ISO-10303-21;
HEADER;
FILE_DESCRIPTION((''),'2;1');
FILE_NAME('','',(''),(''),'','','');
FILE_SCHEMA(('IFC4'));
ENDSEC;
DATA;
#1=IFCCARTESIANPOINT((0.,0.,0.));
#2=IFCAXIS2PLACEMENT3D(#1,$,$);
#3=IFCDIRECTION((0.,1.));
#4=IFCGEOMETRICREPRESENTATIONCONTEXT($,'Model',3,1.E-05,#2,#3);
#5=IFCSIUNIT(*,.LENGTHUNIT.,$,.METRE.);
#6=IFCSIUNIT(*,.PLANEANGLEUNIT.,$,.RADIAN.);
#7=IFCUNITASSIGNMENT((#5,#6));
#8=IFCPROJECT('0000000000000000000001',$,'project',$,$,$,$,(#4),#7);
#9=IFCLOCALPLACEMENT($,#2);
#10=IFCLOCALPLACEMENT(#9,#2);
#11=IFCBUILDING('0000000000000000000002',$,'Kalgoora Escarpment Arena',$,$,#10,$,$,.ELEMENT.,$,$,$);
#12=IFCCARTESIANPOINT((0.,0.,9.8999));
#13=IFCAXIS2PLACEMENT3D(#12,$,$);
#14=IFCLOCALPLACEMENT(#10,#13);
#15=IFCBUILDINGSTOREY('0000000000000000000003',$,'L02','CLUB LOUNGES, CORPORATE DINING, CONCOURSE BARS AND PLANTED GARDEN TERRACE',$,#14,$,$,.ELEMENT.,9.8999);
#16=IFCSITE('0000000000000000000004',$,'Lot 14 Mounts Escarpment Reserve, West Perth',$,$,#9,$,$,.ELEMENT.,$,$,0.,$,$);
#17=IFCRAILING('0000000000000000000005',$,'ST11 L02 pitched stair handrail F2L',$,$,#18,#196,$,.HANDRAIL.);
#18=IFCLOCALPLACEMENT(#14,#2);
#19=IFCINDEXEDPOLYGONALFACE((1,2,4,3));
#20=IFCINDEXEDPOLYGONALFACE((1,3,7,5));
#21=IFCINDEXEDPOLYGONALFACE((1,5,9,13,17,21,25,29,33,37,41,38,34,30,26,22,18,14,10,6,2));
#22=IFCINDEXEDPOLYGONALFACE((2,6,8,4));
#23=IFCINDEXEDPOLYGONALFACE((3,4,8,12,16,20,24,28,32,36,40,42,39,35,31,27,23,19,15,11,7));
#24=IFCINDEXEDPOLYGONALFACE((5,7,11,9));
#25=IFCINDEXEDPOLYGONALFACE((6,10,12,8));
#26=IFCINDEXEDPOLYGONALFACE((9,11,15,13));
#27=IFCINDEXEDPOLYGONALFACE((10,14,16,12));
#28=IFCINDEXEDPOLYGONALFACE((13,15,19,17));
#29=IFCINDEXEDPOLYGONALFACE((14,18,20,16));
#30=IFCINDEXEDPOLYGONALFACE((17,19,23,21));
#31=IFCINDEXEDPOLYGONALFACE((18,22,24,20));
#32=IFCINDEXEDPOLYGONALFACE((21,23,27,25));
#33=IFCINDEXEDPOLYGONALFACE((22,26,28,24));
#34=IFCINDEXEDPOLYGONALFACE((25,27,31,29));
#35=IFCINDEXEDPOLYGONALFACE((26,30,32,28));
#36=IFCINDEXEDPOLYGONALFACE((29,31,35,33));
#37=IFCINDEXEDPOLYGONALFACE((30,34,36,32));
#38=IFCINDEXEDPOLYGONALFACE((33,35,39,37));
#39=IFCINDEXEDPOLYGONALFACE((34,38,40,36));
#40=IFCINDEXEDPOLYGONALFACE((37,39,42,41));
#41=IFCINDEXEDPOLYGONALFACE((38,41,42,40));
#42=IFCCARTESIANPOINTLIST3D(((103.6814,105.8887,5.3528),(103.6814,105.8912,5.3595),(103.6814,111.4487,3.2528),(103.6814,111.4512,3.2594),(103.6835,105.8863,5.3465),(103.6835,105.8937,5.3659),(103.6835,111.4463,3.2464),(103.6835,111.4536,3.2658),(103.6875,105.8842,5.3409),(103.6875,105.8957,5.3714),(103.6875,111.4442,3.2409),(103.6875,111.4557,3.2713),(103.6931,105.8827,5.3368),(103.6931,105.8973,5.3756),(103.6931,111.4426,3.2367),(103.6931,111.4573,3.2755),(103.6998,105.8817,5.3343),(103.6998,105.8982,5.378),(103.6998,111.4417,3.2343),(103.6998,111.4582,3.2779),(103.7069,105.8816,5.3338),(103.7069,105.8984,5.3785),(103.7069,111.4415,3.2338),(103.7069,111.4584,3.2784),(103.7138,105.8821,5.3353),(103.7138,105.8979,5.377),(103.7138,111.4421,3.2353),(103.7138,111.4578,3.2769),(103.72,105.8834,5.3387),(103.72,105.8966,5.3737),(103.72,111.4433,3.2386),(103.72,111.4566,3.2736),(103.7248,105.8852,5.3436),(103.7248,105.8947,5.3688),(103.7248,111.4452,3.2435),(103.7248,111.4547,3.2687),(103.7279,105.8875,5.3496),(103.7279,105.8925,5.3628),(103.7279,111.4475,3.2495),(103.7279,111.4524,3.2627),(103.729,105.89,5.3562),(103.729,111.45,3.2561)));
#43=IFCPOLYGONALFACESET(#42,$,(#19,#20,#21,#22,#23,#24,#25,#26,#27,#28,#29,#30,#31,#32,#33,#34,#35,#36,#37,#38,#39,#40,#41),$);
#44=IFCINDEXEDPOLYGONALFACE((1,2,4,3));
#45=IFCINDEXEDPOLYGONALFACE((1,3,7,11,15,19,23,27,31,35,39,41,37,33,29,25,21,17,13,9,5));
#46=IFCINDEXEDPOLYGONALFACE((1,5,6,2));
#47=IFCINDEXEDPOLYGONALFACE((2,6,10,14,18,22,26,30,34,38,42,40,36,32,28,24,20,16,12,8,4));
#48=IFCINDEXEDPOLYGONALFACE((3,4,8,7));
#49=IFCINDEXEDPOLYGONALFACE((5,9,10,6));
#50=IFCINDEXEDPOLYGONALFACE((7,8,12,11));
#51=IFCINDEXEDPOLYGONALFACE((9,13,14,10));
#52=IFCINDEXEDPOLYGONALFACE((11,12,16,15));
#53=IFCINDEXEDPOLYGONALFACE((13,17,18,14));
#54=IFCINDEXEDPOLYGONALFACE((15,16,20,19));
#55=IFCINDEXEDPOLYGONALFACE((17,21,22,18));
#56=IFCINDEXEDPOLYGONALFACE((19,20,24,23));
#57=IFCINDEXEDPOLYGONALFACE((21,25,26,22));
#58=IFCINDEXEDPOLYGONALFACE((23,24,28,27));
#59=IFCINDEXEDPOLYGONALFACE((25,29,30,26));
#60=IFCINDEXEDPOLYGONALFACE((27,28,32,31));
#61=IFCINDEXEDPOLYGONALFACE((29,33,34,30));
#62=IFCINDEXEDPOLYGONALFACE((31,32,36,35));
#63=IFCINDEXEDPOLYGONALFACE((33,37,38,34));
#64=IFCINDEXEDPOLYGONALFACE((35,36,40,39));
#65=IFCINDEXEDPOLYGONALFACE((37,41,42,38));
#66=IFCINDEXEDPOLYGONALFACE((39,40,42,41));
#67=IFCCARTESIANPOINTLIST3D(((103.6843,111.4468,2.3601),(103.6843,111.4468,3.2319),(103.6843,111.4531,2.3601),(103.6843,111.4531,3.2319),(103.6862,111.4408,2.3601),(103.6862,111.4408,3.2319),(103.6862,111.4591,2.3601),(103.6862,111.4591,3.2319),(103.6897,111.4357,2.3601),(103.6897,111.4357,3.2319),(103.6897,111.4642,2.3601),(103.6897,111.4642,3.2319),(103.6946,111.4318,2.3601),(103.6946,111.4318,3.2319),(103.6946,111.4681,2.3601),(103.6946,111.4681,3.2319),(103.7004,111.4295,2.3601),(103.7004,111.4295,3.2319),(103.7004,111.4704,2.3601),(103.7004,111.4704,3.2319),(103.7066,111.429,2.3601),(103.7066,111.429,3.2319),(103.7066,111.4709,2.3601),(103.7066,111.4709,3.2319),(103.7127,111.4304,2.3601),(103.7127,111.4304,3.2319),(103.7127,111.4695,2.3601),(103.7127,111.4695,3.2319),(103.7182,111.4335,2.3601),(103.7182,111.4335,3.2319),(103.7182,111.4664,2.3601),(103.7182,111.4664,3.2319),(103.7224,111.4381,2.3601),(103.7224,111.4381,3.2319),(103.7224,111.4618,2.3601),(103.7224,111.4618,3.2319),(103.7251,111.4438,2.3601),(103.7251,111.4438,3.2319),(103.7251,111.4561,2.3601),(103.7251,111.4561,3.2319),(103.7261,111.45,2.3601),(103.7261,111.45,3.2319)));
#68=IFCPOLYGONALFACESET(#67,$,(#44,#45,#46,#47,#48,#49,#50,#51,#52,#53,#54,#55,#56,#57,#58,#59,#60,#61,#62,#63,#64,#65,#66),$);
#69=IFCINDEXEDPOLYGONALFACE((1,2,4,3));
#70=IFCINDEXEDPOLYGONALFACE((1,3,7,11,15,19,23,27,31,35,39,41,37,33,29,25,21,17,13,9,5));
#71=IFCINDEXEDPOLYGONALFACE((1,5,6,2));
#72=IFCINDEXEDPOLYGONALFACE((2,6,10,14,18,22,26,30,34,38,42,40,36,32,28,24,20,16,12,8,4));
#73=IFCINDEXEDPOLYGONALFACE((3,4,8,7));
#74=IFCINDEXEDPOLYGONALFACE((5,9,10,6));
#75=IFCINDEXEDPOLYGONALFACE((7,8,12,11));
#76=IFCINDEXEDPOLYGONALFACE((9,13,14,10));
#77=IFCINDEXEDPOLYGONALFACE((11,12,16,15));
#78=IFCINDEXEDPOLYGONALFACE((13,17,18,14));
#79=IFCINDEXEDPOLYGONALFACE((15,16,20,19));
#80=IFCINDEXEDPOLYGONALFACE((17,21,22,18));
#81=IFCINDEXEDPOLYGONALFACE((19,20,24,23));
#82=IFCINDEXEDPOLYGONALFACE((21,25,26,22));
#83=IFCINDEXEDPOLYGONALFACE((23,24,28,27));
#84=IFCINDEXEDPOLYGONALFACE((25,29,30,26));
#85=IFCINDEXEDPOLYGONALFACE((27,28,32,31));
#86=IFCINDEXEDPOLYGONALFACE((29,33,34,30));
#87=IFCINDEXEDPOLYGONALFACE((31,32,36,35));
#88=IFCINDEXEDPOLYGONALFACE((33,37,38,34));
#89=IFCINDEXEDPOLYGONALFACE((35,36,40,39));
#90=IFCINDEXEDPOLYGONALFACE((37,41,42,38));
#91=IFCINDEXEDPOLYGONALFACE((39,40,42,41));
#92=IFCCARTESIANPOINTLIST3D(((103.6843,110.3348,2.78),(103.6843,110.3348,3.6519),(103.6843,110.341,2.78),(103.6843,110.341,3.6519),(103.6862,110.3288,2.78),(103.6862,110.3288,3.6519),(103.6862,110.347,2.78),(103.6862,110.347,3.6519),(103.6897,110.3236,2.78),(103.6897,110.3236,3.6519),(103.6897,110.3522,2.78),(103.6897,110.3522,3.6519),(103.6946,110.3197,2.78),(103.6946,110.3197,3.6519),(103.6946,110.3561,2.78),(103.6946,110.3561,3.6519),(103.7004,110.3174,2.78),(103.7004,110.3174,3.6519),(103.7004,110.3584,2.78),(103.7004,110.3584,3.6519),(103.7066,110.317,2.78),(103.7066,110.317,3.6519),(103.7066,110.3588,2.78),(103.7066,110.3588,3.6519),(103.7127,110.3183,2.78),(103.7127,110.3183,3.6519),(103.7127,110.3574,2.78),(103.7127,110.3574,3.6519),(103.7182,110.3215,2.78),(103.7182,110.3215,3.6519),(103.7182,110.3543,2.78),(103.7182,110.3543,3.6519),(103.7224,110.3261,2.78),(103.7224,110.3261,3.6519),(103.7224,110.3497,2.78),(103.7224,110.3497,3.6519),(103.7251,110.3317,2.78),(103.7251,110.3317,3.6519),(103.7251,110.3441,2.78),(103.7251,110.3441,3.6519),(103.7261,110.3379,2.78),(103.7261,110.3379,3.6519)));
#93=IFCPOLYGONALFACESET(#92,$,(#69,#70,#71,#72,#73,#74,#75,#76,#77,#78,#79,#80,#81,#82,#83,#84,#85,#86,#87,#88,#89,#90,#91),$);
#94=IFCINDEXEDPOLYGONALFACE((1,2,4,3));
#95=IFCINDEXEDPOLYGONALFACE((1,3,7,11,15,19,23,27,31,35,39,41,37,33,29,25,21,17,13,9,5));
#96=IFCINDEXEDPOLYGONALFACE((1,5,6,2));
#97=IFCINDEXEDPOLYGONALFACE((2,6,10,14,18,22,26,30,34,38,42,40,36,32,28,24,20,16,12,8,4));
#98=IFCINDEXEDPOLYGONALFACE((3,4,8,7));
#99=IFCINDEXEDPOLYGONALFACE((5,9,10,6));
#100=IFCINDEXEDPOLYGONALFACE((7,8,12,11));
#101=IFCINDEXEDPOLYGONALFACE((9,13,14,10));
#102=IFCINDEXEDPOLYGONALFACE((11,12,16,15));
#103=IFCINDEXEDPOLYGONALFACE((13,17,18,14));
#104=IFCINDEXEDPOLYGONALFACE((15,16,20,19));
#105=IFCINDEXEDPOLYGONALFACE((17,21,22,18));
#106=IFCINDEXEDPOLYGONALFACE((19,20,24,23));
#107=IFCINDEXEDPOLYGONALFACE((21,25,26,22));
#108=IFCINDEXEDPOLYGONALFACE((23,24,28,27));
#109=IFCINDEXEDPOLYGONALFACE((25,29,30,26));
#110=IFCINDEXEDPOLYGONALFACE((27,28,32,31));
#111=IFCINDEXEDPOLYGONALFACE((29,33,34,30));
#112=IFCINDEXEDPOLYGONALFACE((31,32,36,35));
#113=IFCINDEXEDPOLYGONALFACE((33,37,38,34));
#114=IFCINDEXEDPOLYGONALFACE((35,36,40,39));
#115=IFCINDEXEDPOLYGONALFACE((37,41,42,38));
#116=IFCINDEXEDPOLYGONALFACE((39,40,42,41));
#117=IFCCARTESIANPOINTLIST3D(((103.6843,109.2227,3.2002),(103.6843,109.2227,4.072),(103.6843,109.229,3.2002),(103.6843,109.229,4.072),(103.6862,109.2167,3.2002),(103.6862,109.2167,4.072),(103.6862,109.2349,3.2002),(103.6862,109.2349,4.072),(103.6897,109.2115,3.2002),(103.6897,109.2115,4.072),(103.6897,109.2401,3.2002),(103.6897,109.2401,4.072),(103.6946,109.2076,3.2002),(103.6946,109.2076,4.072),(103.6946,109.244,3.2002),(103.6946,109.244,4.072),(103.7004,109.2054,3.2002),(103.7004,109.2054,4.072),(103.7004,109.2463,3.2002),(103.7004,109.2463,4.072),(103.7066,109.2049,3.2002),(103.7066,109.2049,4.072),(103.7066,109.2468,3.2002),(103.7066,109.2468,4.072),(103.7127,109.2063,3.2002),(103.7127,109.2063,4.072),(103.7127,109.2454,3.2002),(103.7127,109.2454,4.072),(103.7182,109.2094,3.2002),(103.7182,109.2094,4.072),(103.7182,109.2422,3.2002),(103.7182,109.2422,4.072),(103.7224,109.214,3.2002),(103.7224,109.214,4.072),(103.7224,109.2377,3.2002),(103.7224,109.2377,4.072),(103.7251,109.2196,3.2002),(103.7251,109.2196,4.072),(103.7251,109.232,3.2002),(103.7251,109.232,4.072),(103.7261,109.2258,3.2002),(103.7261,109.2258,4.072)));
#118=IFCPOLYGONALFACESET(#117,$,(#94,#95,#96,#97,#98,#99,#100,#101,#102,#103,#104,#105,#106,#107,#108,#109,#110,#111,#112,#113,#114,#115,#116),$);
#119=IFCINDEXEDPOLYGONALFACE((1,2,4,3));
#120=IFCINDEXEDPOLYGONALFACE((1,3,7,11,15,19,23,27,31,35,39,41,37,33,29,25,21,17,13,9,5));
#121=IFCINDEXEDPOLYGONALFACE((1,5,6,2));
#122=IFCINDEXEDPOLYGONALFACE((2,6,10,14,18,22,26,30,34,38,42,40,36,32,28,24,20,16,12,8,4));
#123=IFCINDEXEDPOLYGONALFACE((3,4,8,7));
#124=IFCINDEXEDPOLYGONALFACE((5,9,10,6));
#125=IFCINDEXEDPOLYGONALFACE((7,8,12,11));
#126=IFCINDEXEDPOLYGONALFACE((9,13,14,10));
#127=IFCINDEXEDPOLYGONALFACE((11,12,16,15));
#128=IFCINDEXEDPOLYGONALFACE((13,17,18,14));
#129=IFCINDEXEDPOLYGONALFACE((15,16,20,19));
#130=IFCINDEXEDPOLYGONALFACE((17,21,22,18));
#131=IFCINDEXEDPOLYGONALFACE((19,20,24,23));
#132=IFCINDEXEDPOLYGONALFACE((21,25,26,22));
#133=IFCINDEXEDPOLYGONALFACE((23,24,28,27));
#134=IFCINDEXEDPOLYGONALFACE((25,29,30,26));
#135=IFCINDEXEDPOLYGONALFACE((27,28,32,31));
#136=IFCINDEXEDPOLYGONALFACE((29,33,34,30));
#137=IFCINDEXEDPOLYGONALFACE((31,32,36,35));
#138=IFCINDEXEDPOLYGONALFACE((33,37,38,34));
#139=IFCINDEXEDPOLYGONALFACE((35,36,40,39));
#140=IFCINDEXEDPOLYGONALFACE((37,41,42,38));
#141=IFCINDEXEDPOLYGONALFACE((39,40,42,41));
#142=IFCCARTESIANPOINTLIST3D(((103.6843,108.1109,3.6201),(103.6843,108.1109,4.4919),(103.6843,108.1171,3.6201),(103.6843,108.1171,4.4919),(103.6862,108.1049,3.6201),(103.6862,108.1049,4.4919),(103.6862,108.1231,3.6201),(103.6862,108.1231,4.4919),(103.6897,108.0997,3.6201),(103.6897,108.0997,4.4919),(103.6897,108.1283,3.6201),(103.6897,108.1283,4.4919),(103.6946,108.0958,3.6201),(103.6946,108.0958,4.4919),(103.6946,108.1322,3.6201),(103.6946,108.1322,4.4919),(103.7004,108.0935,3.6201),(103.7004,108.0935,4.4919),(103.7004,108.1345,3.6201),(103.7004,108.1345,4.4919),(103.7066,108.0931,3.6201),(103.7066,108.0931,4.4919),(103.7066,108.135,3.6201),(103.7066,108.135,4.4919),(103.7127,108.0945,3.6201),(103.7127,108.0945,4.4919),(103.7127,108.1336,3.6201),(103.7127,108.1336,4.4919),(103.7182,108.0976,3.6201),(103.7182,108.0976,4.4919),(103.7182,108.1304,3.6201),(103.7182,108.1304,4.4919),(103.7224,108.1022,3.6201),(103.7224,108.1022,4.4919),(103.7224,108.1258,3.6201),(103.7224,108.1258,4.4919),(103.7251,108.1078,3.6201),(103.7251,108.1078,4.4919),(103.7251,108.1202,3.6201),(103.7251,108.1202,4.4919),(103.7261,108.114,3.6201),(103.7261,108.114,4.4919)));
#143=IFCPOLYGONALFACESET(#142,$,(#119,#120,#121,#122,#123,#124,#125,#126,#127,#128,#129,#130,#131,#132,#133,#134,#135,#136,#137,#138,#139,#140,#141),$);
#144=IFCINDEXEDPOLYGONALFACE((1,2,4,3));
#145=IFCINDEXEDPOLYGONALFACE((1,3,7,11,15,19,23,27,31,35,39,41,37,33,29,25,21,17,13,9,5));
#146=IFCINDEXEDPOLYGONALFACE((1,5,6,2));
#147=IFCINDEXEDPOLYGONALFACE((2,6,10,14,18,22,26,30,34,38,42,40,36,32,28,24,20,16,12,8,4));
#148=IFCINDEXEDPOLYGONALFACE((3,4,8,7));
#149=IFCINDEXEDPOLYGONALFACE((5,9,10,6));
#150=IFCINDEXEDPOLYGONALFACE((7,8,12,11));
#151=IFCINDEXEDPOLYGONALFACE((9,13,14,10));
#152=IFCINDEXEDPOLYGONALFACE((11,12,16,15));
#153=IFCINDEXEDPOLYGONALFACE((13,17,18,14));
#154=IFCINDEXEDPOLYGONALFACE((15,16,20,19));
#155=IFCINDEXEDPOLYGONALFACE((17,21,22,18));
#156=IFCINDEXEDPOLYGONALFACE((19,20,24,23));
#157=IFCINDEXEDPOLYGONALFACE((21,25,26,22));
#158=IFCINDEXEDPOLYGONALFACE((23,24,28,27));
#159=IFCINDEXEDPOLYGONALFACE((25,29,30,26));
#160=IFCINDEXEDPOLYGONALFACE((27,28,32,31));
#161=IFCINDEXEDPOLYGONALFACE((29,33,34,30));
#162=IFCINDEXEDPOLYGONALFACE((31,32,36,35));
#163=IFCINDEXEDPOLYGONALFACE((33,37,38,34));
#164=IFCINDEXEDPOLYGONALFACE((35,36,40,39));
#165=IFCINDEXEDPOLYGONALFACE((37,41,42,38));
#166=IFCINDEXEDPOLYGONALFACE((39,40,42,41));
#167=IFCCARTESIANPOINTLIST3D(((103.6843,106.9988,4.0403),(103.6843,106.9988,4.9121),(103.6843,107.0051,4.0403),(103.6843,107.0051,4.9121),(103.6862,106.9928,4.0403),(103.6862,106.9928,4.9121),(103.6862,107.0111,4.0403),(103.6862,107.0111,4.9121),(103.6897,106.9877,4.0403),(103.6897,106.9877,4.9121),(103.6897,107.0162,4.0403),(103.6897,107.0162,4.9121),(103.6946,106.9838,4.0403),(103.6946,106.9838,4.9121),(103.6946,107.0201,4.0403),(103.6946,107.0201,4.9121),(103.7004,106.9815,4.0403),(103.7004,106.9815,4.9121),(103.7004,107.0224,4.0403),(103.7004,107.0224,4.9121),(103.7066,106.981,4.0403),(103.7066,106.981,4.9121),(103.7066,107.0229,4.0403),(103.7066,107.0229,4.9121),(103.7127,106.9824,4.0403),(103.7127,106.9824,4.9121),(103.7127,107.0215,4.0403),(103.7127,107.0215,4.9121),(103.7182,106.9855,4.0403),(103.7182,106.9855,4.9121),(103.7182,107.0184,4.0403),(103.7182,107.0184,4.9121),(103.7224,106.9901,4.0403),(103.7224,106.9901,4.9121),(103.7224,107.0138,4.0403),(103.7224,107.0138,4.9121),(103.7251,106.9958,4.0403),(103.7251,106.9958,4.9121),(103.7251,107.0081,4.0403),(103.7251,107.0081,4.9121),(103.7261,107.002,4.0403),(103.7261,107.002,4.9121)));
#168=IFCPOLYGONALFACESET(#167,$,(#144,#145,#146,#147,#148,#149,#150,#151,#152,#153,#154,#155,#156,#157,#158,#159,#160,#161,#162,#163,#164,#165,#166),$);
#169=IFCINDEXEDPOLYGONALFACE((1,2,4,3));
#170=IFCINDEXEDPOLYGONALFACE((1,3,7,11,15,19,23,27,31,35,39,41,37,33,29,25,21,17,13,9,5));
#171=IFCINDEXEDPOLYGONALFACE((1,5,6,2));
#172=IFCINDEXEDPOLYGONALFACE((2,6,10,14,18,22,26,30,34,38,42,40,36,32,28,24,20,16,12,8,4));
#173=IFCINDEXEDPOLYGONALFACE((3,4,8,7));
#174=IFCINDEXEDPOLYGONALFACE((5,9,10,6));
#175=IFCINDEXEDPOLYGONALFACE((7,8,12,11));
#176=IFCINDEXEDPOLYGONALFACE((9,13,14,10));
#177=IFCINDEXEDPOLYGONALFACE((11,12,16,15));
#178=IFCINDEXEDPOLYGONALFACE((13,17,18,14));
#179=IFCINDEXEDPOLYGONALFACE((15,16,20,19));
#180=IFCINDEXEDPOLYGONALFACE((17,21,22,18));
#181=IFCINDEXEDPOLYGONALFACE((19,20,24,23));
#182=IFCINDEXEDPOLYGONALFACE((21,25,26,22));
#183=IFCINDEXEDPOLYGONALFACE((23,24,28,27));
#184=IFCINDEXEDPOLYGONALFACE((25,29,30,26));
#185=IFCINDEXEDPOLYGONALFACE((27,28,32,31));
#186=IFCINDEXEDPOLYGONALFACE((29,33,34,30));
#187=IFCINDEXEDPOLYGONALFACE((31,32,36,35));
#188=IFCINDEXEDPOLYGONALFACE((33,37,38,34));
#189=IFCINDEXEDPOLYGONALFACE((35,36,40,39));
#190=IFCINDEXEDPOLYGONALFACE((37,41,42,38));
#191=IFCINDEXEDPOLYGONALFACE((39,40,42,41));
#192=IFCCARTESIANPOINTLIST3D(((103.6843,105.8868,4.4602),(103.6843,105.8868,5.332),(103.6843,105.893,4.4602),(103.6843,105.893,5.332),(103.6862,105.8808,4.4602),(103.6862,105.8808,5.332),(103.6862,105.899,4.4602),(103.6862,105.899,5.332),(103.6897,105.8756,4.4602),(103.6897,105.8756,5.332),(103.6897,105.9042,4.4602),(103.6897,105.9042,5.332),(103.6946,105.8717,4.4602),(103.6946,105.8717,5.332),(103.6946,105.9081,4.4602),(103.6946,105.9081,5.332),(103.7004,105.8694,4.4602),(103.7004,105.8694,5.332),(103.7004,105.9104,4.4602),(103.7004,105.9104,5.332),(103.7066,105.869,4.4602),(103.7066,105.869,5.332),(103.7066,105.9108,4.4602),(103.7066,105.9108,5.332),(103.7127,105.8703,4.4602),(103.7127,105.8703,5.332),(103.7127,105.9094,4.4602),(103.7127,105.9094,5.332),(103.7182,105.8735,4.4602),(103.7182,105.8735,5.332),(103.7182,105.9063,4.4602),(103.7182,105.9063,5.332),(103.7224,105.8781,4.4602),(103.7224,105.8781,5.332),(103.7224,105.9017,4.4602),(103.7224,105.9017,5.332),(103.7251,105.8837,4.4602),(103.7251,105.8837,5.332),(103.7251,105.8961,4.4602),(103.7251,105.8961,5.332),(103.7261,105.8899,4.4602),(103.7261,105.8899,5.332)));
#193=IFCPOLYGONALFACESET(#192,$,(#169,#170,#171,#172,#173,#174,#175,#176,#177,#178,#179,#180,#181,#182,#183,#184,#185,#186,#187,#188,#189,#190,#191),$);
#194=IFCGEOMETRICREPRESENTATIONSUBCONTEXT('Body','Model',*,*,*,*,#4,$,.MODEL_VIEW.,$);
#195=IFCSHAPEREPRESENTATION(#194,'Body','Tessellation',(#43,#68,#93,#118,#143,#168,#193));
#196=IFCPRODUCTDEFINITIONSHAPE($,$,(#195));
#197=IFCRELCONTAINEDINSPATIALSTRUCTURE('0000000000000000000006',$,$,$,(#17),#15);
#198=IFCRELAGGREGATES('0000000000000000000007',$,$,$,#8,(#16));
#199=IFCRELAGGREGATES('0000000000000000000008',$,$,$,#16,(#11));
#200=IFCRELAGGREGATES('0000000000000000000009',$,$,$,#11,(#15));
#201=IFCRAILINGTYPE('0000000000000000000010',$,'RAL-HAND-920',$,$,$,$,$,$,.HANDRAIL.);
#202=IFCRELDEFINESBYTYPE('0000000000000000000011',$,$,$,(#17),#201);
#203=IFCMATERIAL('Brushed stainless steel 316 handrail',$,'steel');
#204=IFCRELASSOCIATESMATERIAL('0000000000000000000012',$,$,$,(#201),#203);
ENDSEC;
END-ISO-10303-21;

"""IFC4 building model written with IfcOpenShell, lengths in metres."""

from ifc_helpers import new_model, si_unit, direction, frame, origin, origin_2d, place, context, subcontext, project, spatial, circle, extrude, material, type_object, element, save


model = new_model("IFC4")

# Units and contexts
model_context = context("Model", 3, precision=1e-05, world=origin(), true_north=direction((0.0, 1.0)))
body_context = subcontext(model_context, "Body", "Model", "MODEL_VIEW")
ifc_project = project(units=[si_unit("LENGTHUNIT", "METRE"), si_unit("PLANEANGLEUNIT", "RADIAN")], contexts=[model_context])

# Site, building, storey
site_placement = place(None, origin())
site = spatial("IfcSite", under=ifc_project, at=site_placement, Name="Lot 14 Mounts Escarpment Reserve, West Perth", CompositionType="ELEMENT", RefElevation=0.0)
building_placement = place(site_placement, origin())
building = spatial("IfcBuilding", under=site, at=building_placement, Name="Kalgoora Escarpment Arena", CompositionType="ELEMENT")
storey_placement = place(building_placement, frame((0.0, 0.0, 9.8999)))
storey = spatial("IfcBuildingStorey", under=building, at=storey_placement, Name="L02", Description="CLUB LOUNGES, CORPORATE DINING, CONCOURSE BARS AND PLANTED GARDEN TERRACE", CompositionType="ELEMENT", Elevation=9.8999)

# Railing
ifc_material_1 = material(Name="Brushed stainless steel 316 handrail", Category="steel")
railing_type_1 = type_object("IfcRailingType", Name="RAL-HAND-920", PredefinedType="HANDRAIL", material=ifc_material_1)
railing_1_placement = place(storey_placement, frame((103.7051, 111.45, 2.3601)))
element("IfcRailing", 1, at=railing_1_placement, inside=storey, type_object=railing_type_1, Name="ST11 L02 pitched stair handrail F2L", PredefinedType="HANDRAIL", context=body_context, shape_type="SweptSolid", body=[
    extrude(circle(Radius=0.0239, at=origin_2d()), frame((0.0, 0.0, 0.896), z_axis=(0.0, -0.935493, 0.353346), x_axis=(1.0, 0.0, 0.0)), (0.0, 0.0, 1.0), 5.9434),
    extrude(circle(Radius=0.021, at=origin_2d()), origin(), (0.0, 0.0, 1.0), 0.8718),
    extrude(circle(Radius=0.021, at=origin_2d()), frame((0.0, -1.1121, 0.4199)), (0.0, 0.0, 1.0), 0.8718),
    extrude(circle(Radius=0.021, at=origin_2d()), frame((0.0, -2.2241, 0.8401)), (0.0, 0.0, 1.0), 0.8718),
    extrude(circle(Radius=0.021, at=origin_2d()), frame((0.0, -3.3359, 1.26)), (0.0, 0.0, 1.0), 0.8718),
    extrude(circle(Radius=0.021, at=origin_2d()), frame((0.0, -4.448, 1.6802)), (0.0, 0.0, 1.0), 0.8718),
    extrude(circle(Radius=0.021, at=origin_2d()), frame((0.0, -5.5601, 2.1001)), (0.0, 0.0, 1.0), 0.8718),
])

save(model, "model.ifc")
